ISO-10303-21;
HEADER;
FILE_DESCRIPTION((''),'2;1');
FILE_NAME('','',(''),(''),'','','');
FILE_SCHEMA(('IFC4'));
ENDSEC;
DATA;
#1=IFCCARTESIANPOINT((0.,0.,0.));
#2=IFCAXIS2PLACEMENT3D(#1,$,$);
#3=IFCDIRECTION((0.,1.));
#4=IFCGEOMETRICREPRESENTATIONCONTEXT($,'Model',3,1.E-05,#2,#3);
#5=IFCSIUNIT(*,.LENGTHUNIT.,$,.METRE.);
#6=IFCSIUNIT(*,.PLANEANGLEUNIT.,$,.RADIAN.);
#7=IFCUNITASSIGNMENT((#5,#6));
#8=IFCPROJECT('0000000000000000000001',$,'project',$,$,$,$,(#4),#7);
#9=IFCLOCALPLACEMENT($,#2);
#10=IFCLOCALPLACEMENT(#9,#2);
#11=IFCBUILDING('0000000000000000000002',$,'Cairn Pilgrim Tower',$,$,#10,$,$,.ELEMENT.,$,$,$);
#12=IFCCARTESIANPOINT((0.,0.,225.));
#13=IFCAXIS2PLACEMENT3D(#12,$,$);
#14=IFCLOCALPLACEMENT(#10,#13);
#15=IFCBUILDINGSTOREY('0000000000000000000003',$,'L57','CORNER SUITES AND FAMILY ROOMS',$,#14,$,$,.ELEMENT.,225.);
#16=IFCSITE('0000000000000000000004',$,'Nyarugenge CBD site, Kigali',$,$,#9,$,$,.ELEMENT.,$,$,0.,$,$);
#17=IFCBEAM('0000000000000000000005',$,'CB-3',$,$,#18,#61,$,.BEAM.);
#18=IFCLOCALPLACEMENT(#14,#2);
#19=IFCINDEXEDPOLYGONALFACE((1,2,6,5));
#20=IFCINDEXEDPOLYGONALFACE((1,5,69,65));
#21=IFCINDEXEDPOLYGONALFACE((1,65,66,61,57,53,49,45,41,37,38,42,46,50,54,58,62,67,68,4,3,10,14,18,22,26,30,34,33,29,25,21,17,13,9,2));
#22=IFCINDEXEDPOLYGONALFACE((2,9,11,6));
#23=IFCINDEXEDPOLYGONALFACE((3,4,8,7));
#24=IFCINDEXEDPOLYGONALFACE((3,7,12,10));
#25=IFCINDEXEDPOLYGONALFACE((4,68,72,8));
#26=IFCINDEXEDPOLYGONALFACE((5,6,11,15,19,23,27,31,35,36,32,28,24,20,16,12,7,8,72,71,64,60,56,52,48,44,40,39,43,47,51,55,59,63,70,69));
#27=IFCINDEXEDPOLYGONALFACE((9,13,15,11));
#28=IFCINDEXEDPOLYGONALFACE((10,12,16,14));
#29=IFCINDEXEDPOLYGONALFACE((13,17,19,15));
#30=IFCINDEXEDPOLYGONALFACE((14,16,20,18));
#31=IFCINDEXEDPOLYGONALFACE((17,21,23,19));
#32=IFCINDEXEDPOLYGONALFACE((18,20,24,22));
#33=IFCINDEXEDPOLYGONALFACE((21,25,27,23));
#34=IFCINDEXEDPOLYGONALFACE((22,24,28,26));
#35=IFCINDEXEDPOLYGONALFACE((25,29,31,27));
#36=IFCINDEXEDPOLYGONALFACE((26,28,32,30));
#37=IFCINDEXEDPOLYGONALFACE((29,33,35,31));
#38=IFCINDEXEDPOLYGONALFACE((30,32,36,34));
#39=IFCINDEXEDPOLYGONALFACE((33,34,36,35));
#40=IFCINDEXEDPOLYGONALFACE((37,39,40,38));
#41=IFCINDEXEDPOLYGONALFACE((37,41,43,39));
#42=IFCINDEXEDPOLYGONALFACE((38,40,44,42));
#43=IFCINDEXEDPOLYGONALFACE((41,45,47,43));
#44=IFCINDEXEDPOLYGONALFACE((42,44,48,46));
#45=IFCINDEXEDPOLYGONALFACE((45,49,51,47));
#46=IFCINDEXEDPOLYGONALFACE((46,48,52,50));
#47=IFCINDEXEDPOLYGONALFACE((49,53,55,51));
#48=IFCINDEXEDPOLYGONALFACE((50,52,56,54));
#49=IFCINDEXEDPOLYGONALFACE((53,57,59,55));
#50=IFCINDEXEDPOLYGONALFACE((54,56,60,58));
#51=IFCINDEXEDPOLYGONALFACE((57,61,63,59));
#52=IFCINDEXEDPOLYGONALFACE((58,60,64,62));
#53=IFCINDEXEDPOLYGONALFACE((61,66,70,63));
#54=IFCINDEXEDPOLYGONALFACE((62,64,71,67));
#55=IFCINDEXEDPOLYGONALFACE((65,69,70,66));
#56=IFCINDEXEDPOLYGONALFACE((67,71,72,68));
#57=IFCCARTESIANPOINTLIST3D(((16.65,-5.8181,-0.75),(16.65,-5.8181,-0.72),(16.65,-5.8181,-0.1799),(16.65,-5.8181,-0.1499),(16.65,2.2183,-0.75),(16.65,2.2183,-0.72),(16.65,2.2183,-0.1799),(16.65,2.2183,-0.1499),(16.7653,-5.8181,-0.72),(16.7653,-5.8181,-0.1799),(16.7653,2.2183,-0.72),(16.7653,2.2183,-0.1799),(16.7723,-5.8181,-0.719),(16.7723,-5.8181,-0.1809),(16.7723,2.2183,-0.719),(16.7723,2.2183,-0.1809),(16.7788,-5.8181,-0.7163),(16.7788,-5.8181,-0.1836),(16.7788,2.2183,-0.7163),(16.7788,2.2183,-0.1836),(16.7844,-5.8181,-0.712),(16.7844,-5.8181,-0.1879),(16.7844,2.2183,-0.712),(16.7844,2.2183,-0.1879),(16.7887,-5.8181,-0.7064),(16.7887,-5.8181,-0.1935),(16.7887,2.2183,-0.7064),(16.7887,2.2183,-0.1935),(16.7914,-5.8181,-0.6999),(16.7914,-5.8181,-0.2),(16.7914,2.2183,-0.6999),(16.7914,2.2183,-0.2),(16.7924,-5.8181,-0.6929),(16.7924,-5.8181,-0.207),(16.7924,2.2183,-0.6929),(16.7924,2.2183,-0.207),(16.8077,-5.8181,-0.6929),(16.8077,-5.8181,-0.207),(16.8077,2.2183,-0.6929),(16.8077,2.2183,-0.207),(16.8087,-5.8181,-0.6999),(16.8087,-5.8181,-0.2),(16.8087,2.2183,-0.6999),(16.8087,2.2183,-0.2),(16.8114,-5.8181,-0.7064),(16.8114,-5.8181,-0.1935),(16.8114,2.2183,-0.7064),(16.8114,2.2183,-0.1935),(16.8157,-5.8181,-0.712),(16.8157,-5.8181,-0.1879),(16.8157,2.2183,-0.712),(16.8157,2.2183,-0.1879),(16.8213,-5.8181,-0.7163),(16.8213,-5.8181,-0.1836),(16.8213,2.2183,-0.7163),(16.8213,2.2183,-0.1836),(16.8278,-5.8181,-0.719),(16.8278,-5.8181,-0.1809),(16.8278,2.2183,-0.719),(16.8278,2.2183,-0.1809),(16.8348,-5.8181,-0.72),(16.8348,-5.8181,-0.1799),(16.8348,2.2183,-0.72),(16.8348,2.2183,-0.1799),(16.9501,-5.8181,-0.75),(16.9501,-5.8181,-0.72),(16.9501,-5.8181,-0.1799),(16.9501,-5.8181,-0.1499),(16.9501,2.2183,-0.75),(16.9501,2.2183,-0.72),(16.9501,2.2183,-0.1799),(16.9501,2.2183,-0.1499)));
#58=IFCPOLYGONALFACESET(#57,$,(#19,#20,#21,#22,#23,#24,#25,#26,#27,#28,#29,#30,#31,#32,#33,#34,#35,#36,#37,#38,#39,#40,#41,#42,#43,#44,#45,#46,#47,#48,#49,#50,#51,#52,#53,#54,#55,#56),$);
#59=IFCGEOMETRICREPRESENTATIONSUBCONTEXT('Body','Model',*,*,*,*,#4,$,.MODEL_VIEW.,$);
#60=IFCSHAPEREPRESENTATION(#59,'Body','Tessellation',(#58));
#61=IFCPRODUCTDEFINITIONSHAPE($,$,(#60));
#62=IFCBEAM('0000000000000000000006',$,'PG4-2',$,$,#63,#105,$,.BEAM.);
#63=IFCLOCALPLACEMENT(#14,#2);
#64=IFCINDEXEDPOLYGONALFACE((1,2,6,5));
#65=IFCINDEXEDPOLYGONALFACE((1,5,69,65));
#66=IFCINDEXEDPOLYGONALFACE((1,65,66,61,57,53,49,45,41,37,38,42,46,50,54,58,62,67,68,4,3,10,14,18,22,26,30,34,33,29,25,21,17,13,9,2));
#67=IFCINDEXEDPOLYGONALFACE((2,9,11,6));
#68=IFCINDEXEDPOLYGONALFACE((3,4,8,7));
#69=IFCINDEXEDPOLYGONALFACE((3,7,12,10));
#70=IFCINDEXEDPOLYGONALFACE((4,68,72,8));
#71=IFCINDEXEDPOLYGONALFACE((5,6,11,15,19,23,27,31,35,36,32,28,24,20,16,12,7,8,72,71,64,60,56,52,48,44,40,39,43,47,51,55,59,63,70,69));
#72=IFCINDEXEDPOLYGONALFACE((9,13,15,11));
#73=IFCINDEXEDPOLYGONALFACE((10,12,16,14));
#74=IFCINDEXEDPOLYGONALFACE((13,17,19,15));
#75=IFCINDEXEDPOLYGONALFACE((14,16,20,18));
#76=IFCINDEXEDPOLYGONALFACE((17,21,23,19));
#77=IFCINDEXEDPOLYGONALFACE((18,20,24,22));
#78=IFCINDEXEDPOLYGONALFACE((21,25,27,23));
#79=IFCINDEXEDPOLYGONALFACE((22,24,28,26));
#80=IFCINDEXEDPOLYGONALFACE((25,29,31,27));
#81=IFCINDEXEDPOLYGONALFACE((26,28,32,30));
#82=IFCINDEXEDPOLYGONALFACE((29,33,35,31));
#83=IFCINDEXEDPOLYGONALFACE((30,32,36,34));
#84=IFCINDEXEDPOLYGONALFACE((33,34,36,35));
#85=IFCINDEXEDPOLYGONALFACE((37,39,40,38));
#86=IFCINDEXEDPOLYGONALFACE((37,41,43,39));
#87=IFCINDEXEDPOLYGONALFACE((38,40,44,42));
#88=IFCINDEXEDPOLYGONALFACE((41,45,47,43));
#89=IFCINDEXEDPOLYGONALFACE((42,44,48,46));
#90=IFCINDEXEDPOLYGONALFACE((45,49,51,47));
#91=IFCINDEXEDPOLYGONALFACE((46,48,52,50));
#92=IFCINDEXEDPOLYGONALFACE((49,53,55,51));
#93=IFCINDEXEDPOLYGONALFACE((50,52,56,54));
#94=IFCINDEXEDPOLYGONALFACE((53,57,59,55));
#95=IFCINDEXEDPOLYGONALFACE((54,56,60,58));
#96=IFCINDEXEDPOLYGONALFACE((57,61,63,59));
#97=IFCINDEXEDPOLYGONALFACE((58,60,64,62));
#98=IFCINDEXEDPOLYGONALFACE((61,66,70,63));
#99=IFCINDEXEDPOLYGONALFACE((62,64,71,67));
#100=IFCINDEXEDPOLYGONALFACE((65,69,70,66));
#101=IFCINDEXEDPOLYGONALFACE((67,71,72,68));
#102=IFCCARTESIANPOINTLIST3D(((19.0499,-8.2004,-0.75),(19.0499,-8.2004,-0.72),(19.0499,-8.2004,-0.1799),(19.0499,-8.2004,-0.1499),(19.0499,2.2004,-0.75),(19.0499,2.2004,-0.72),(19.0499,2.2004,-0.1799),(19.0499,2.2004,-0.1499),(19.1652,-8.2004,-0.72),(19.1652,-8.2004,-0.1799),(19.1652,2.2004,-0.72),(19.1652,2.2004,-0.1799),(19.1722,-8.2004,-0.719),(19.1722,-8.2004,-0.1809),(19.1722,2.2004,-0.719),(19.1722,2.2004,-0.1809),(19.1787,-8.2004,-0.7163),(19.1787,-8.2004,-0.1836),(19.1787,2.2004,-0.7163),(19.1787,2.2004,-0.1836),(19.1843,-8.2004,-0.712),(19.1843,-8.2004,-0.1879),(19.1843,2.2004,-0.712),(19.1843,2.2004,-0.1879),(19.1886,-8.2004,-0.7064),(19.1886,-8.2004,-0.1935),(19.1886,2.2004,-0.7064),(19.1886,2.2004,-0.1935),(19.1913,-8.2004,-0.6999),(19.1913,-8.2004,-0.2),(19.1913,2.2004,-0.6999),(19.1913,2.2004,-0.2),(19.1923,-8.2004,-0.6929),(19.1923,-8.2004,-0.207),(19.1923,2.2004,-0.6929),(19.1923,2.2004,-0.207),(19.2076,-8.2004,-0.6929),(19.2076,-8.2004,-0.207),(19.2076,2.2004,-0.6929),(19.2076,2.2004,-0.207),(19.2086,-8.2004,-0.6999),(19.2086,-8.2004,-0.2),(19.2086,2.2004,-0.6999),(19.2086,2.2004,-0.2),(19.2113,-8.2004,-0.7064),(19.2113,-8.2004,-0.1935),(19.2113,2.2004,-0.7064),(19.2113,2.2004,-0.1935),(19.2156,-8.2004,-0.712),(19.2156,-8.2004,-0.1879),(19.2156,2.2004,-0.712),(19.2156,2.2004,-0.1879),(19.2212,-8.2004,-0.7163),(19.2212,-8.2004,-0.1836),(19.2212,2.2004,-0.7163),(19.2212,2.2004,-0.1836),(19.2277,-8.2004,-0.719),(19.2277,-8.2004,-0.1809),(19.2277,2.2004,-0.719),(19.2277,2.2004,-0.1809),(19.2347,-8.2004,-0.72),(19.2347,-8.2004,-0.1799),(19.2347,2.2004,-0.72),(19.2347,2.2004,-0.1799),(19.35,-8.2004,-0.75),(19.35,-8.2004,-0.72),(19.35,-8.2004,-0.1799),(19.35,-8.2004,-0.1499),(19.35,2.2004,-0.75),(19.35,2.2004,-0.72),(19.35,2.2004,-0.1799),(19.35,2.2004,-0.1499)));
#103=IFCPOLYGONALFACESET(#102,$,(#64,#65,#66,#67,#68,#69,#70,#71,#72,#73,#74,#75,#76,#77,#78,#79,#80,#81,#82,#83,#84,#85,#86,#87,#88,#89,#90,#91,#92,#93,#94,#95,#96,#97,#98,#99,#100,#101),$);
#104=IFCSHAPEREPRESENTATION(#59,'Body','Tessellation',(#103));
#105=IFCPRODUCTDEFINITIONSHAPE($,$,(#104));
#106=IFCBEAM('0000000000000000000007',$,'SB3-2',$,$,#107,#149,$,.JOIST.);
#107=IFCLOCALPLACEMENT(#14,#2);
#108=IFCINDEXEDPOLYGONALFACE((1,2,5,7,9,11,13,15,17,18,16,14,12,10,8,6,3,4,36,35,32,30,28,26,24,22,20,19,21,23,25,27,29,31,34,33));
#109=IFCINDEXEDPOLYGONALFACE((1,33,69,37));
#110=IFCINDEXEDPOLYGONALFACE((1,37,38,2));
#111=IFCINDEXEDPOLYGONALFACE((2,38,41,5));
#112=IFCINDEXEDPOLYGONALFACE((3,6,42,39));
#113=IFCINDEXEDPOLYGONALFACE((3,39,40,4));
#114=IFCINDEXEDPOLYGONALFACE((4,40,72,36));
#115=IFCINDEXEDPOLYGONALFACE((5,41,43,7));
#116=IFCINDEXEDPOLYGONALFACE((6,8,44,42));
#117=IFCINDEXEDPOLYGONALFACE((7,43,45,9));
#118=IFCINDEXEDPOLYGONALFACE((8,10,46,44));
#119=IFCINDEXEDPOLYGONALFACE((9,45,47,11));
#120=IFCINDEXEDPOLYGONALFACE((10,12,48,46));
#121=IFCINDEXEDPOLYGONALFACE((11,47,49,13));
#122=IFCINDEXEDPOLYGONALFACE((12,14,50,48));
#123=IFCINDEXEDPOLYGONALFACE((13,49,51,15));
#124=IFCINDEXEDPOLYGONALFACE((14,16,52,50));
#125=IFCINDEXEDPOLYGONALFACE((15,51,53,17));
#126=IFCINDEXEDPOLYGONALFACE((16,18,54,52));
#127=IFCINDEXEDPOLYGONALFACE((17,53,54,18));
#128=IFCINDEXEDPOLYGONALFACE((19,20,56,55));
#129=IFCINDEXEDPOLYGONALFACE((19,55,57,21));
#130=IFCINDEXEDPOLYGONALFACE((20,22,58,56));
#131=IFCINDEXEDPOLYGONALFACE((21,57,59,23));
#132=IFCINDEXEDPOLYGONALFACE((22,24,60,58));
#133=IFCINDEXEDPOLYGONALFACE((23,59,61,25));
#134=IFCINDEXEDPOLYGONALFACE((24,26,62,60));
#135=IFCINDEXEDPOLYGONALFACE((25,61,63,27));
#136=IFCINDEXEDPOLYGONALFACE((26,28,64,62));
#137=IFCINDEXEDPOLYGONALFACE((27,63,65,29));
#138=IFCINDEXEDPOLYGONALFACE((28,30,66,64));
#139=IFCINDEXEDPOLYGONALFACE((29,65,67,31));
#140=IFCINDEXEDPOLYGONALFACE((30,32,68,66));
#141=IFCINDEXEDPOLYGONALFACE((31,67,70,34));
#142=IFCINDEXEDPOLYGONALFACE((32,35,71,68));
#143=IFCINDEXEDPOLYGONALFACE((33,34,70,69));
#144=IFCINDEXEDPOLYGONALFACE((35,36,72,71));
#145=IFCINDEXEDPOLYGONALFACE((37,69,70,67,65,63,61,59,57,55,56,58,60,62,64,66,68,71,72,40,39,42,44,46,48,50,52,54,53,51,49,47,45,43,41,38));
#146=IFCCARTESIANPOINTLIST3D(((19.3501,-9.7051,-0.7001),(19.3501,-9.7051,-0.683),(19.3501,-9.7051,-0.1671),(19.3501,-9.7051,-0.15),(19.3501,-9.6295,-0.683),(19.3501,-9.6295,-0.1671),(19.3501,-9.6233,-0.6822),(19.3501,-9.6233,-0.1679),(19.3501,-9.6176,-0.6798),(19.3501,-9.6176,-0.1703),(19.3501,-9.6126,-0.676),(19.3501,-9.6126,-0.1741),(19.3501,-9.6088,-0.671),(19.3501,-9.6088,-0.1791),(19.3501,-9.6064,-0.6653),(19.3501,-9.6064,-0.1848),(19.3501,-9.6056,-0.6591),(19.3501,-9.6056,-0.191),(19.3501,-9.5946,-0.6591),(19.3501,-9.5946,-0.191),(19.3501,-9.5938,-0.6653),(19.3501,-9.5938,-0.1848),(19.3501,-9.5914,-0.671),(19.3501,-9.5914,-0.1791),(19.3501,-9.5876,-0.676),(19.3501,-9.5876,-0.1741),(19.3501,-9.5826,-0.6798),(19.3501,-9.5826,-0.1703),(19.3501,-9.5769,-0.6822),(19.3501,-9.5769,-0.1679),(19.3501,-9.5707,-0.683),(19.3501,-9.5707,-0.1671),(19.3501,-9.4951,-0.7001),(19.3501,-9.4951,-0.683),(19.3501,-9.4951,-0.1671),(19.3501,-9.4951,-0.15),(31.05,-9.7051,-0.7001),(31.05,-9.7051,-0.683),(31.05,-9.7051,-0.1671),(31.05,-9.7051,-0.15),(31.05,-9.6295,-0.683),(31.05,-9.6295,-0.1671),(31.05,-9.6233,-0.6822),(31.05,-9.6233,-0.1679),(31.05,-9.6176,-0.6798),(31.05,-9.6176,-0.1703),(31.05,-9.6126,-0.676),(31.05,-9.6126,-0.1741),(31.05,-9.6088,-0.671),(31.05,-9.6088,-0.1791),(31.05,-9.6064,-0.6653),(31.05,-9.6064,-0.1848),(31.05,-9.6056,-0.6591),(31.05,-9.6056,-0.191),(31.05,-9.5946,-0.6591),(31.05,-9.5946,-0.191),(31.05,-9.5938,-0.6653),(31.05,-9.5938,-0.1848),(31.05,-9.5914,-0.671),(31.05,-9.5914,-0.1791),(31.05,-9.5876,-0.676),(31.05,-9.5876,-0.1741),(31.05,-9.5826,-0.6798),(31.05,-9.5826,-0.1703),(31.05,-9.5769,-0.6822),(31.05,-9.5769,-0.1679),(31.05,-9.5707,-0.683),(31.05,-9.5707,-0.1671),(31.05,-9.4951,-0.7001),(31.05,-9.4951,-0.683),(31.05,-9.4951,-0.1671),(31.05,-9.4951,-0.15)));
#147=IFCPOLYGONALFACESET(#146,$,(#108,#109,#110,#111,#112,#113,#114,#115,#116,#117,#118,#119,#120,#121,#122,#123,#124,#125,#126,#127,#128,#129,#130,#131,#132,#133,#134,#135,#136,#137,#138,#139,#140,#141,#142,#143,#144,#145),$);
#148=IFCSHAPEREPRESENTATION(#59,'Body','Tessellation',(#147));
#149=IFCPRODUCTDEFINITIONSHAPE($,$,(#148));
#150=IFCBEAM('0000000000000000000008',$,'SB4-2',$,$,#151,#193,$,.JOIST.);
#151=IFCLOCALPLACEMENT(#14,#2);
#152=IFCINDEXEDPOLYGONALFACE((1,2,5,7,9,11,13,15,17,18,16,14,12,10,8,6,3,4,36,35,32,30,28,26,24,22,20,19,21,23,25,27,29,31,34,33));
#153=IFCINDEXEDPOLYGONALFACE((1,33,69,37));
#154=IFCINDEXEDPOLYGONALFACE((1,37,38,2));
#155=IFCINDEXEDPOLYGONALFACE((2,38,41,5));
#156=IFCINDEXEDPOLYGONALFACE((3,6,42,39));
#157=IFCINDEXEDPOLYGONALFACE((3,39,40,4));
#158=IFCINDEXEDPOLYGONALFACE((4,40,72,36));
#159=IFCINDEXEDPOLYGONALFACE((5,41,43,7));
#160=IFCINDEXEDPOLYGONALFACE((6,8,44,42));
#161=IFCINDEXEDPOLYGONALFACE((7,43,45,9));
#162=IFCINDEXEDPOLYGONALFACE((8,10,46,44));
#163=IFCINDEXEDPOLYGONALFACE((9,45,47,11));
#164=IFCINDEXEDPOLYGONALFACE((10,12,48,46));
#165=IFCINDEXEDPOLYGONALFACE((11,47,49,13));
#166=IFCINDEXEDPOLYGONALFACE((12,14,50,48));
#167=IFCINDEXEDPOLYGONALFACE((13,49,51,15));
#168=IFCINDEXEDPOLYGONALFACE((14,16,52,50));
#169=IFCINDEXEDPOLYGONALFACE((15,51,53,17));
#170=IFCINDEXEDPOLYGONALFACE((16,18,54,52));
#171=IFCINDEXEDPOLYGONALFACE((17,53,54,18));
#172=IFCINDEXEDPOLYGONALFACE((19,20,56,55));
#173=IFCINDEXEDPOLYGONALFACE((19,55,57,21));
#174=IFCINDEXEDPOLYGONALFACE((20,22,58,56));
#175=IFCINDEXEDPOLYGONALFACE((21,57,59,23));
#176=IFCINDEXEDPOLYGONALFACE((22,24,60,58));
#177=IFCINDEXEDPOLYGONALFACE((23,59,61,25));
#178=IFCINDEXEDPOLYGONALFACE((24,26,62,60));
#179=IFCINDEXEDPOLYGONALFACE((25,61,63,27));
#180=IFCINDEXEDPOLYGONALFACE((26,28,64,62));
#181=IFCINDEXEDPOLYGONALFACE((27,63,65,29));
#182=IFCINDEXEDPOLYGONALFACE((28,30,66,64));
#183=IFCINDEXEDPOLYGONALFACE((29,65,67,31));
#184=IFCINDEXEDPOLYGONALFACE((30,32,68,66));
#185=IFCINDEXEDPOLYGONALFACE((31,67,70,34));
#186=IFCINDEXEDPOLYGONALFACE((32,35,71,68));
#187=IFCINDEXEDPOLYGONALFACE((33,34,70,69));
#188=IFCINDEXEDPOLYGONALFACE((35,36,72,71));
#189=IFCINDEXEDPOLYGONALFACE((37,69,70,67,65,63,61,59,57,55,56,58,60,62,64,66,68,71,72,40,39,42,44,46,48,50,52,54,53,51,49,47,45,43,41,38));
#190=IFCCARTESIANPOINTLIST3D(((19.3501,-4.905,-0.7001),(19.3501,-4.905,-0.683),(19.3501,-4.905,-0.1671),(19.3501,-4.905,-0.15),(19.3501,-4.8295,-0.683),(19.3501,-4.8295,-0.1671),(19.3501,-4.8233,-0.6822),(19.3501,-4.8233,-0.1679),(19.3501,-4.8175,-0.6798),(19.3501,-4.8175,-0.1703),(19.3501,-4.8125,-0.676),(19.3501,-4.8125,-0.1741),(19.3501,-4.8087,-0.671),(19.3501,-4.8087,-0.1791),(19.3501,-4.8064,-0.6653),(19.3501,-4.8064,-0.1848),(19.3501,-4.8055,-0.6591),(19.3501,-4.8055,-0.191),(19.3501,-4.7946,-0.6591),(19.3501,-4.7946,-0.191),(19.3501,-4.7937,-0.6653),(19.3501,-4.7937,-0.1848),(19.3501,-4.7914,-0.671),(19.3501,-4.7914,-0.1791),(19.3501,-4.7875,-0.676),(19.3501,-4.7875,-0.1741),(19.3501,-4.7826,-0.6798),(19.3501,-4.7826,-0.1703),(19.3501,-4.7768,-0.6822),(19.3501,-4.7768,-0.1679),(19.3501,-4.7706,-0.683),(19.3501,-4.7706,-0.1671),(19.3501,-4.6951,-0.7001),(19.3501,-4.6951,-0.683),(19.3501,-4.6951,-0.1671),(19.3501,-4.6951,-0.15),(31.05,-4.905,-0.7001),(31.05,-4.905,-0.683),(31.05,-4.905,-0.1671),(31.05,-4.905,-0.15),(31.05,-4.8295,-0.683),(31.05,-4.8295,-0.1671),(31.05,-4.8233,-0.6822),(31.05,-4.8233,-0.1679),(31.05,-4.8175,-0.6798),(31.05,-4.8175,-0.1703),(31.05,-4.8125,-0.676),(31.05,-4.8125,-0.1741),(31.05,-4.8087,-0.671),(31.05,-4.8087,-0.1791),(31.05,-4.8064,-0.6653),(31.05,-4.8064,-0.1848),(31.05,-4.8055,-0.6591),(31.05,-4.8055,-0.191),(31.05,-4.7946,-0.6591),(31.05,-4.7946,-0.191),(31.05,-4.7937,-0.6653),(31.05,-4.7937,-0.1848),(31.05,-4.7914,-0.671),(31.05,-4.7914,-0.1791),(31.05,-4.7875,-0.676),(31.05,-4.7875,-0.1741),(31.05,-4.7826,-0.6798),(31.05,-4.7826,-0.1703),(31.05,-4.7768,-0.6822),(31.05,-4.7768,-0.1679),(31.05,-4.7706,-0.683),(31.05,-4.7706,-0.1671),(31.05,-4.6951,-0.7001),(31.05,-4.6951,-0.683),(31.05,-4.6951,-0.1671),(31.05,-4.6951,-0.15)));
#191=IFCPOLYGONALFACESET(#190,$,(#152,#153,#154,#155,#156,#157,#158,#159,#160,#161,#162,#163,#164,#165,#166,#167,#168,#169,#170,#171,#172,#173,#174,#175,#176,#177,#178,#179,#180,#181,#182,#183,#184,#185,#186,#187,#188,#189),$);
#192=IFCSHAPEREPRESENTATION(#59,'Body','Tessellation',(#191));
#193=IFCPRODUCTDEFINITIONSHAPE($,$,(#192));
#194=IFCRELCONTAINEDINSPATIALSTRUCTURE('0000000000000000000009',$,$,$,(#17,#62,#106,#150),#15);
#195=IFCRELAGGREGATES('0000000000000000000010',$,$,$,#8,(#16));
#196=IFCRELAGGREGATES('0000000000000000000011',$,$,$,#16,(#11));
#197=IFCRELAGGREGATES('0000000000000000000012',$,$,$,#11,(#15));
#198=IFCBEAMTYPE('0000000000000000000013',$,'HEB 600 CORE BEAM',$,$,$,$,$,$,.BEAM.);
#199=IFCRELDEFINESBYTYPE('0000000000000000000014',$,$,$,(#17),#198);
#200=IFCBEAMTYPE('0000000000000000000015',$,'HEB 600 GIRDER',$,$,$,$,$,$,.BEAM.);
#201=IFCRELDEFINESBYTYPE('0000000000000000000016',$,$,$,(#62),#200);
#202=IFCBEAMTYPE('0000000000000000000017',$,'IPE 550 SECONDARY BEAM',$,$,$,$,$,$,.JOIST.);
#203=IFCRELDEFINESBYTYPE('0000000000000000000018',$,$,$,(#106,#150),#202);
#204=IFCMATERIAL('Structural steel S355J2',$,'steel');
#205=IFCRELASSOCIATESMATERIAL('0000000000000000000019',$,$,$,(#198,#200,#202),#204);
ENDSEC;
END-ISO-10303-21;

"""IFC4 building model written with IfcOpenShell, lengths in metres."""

from ifc_helpers import new_model, si_unit, direction, frame, origin, origin_2d, place, context, subcontext, project, spatial, i_section, extrude, material, material_profile, profile_set, type_object, element, save


model = new_model("IFC4")

# Units and contexts
model_context = context("Model", 3, precision=1e-05, world=origin(), true_north=direction((0.0, 1.0)))
body_context = subcontext(model_context, "Body", "Model", "MODEL_VIEW")
ifc_project = project(units=[si_unit("LENGTHUNIT", "METRE"), si_unit("PLANEANGLEUNIT", "RADIAN")], contexts=[model_context])

# Site, building, storey
site_placement = place(None, origin())
site = spatial("IfcSite", under=ifc_project, at=site_placement, Name="Nyarugenge CBD site, Kigali", CompositionType="ELEMENT", RefElevation=0.0)
building_placement = place(site_placement, origin())
building = spatial("IfcBuilding", under=site, at=building_placement, Name="Cairn Pilgrim Tower", CompositionType="ELEMENT")
storey_placement = place(building_placement, frame((0.0, 0.0, 225.0)))
storey = spatial("IfcBuildingStorey", under=building, at=storey_placement, Name="L57", Description="CORNER SUITES AND FAMILY ROOMS", CompositionType="ELEMENT", Elevation=225.0)

# Shared definitions
ifc_material_1 = material(Name="Structural steel S355J2", Category="steel")

# Beams
ifc_material_profile_1 = material_profile(ifc_material_1, i_section(OverallWidth=0.3, OverallDepth=0.6001, WebThickness=0.0154, FlangeThickness=0.03, FilletRadius=0.0271, at=origin_2d()), Name="HEB 600")
ifc_profile_set_1 = profile_set([ifc_material_profile_1], Name="Structural steel S355J2")
beam_type_1 = type_object("IfcBeamType", Name="HEB 600 CORE BEAM", PredefinedType="BEAM", material=ifc_profile_set_1)
beam_1_placement = place(storey_placement, frame((16.8, -5.8181, -0.45), z_axis=(0.0, 1.0, 0.0), x_axis=(-1.0, 0.0, 0.0)))
element("IfcBeam", 1, at=beam_1_placement, inside=storey, type_object=beam_type_1, Name="CB-3", PredefinedType="BEAM", context=body_context, shape_type="SweptSolid", body=[
    extrude(i_section(OverallWidth=0.3, OverallDepth=0.6001, WebThickness=0.0154, FlangeThickness=0.03, FilletRadius=0.0271, at=origin_2d()), origin(), (0.0, 0.0, 1.0), 8.0364),
])
ifc_material_profile_2 = material_profile(ifc_material_1, i_section(OverallWidth=0.3, OverallDepth=0.6001, WebThickness=0.0154, FlangeThickness=0.03, FilletRadius=0.0271, at=origin_2d()), Name="HEB 600")
ifc_profile_set_2 = profile_set([ifc_material_profile_2], Name="Structural steel S355J2")
beam_type_2 = type_object("IfcBeamType", Name="HEB 600 GIRDER", PredefinedType="BEAM", material=ifc_profile_set_2)
beam_2_placement = place(storey_placement, frame((19.2, -8.2004, -0.45), z_axis=(0.0, 1.0, 0.0), x_axis=(-1.0, 0.0, 0.0)))
element("IfcBeam", 2, at=beam_2_placement, inside=storey, type_object=beam_type_2, Name="PG4-2", PredefinedType="BEAM", context=body_context, shape_type="SweptSolid", body=[
    extrude(i_section(OverallWidth=0.3, OverallDepth=0.6001, WebThickness=0.0154, FlangeThickness=0.03, FilletRadius=0.0271, at=origin_2d()), origin(), (0.0, 0.0, 1.0), 10.4009),
])
ifc_material_profile_3 = material_profile(ifc_material_1, i_section(OverallWidth=0.21, OverallDepth=0.55, WebThickness=0.011, FlangeThickness=0.0171, FilletRadius=0.0239, at=origin_2d()), Name="IPE 550")
ifc_profile_set_3 = profile_set([ifc_material_profile_3], Name="Structural steel S355J2")
beam_type_3 = type_object("IfcBeamType", Name="IPE 550 SECONDARY BEAM", PredefinedType="JOIST", material=ifc_profile_set_3)
for number, where, z_axis, x_axis, name in (
    (3, (19.3501, -9.6001, -0.425), (1.0, 0.0, 0.0), (0.0, 1.0, 0.0), "SB3-2"),
    (4, (19.3501, -4.8, -0.425), (1.0, 0.0, 0.0), (0.0, 1.0, 0.0), "SB4-2"),
):
    element("IfcBeam", number, at=place(storey_placement, frame(where, z_axis=z_axis, x_axis=x_axis)), inside=storey, type_object=beam_type_3, Name=name, PredefinedType="JOIST", context=body_context, shape_type="SweptSolid", body=[
        extrude(i_section(OverallWidth=0.21, OverallDepth=0.55, WebThickness=0.011, FlangeThickness=0.0171, FilletRadius=0.0239, at=origin_2d()), origin(), (0.0, 0.0, 1.0), 11.7),
    ])

save(model, "model.ifc")
